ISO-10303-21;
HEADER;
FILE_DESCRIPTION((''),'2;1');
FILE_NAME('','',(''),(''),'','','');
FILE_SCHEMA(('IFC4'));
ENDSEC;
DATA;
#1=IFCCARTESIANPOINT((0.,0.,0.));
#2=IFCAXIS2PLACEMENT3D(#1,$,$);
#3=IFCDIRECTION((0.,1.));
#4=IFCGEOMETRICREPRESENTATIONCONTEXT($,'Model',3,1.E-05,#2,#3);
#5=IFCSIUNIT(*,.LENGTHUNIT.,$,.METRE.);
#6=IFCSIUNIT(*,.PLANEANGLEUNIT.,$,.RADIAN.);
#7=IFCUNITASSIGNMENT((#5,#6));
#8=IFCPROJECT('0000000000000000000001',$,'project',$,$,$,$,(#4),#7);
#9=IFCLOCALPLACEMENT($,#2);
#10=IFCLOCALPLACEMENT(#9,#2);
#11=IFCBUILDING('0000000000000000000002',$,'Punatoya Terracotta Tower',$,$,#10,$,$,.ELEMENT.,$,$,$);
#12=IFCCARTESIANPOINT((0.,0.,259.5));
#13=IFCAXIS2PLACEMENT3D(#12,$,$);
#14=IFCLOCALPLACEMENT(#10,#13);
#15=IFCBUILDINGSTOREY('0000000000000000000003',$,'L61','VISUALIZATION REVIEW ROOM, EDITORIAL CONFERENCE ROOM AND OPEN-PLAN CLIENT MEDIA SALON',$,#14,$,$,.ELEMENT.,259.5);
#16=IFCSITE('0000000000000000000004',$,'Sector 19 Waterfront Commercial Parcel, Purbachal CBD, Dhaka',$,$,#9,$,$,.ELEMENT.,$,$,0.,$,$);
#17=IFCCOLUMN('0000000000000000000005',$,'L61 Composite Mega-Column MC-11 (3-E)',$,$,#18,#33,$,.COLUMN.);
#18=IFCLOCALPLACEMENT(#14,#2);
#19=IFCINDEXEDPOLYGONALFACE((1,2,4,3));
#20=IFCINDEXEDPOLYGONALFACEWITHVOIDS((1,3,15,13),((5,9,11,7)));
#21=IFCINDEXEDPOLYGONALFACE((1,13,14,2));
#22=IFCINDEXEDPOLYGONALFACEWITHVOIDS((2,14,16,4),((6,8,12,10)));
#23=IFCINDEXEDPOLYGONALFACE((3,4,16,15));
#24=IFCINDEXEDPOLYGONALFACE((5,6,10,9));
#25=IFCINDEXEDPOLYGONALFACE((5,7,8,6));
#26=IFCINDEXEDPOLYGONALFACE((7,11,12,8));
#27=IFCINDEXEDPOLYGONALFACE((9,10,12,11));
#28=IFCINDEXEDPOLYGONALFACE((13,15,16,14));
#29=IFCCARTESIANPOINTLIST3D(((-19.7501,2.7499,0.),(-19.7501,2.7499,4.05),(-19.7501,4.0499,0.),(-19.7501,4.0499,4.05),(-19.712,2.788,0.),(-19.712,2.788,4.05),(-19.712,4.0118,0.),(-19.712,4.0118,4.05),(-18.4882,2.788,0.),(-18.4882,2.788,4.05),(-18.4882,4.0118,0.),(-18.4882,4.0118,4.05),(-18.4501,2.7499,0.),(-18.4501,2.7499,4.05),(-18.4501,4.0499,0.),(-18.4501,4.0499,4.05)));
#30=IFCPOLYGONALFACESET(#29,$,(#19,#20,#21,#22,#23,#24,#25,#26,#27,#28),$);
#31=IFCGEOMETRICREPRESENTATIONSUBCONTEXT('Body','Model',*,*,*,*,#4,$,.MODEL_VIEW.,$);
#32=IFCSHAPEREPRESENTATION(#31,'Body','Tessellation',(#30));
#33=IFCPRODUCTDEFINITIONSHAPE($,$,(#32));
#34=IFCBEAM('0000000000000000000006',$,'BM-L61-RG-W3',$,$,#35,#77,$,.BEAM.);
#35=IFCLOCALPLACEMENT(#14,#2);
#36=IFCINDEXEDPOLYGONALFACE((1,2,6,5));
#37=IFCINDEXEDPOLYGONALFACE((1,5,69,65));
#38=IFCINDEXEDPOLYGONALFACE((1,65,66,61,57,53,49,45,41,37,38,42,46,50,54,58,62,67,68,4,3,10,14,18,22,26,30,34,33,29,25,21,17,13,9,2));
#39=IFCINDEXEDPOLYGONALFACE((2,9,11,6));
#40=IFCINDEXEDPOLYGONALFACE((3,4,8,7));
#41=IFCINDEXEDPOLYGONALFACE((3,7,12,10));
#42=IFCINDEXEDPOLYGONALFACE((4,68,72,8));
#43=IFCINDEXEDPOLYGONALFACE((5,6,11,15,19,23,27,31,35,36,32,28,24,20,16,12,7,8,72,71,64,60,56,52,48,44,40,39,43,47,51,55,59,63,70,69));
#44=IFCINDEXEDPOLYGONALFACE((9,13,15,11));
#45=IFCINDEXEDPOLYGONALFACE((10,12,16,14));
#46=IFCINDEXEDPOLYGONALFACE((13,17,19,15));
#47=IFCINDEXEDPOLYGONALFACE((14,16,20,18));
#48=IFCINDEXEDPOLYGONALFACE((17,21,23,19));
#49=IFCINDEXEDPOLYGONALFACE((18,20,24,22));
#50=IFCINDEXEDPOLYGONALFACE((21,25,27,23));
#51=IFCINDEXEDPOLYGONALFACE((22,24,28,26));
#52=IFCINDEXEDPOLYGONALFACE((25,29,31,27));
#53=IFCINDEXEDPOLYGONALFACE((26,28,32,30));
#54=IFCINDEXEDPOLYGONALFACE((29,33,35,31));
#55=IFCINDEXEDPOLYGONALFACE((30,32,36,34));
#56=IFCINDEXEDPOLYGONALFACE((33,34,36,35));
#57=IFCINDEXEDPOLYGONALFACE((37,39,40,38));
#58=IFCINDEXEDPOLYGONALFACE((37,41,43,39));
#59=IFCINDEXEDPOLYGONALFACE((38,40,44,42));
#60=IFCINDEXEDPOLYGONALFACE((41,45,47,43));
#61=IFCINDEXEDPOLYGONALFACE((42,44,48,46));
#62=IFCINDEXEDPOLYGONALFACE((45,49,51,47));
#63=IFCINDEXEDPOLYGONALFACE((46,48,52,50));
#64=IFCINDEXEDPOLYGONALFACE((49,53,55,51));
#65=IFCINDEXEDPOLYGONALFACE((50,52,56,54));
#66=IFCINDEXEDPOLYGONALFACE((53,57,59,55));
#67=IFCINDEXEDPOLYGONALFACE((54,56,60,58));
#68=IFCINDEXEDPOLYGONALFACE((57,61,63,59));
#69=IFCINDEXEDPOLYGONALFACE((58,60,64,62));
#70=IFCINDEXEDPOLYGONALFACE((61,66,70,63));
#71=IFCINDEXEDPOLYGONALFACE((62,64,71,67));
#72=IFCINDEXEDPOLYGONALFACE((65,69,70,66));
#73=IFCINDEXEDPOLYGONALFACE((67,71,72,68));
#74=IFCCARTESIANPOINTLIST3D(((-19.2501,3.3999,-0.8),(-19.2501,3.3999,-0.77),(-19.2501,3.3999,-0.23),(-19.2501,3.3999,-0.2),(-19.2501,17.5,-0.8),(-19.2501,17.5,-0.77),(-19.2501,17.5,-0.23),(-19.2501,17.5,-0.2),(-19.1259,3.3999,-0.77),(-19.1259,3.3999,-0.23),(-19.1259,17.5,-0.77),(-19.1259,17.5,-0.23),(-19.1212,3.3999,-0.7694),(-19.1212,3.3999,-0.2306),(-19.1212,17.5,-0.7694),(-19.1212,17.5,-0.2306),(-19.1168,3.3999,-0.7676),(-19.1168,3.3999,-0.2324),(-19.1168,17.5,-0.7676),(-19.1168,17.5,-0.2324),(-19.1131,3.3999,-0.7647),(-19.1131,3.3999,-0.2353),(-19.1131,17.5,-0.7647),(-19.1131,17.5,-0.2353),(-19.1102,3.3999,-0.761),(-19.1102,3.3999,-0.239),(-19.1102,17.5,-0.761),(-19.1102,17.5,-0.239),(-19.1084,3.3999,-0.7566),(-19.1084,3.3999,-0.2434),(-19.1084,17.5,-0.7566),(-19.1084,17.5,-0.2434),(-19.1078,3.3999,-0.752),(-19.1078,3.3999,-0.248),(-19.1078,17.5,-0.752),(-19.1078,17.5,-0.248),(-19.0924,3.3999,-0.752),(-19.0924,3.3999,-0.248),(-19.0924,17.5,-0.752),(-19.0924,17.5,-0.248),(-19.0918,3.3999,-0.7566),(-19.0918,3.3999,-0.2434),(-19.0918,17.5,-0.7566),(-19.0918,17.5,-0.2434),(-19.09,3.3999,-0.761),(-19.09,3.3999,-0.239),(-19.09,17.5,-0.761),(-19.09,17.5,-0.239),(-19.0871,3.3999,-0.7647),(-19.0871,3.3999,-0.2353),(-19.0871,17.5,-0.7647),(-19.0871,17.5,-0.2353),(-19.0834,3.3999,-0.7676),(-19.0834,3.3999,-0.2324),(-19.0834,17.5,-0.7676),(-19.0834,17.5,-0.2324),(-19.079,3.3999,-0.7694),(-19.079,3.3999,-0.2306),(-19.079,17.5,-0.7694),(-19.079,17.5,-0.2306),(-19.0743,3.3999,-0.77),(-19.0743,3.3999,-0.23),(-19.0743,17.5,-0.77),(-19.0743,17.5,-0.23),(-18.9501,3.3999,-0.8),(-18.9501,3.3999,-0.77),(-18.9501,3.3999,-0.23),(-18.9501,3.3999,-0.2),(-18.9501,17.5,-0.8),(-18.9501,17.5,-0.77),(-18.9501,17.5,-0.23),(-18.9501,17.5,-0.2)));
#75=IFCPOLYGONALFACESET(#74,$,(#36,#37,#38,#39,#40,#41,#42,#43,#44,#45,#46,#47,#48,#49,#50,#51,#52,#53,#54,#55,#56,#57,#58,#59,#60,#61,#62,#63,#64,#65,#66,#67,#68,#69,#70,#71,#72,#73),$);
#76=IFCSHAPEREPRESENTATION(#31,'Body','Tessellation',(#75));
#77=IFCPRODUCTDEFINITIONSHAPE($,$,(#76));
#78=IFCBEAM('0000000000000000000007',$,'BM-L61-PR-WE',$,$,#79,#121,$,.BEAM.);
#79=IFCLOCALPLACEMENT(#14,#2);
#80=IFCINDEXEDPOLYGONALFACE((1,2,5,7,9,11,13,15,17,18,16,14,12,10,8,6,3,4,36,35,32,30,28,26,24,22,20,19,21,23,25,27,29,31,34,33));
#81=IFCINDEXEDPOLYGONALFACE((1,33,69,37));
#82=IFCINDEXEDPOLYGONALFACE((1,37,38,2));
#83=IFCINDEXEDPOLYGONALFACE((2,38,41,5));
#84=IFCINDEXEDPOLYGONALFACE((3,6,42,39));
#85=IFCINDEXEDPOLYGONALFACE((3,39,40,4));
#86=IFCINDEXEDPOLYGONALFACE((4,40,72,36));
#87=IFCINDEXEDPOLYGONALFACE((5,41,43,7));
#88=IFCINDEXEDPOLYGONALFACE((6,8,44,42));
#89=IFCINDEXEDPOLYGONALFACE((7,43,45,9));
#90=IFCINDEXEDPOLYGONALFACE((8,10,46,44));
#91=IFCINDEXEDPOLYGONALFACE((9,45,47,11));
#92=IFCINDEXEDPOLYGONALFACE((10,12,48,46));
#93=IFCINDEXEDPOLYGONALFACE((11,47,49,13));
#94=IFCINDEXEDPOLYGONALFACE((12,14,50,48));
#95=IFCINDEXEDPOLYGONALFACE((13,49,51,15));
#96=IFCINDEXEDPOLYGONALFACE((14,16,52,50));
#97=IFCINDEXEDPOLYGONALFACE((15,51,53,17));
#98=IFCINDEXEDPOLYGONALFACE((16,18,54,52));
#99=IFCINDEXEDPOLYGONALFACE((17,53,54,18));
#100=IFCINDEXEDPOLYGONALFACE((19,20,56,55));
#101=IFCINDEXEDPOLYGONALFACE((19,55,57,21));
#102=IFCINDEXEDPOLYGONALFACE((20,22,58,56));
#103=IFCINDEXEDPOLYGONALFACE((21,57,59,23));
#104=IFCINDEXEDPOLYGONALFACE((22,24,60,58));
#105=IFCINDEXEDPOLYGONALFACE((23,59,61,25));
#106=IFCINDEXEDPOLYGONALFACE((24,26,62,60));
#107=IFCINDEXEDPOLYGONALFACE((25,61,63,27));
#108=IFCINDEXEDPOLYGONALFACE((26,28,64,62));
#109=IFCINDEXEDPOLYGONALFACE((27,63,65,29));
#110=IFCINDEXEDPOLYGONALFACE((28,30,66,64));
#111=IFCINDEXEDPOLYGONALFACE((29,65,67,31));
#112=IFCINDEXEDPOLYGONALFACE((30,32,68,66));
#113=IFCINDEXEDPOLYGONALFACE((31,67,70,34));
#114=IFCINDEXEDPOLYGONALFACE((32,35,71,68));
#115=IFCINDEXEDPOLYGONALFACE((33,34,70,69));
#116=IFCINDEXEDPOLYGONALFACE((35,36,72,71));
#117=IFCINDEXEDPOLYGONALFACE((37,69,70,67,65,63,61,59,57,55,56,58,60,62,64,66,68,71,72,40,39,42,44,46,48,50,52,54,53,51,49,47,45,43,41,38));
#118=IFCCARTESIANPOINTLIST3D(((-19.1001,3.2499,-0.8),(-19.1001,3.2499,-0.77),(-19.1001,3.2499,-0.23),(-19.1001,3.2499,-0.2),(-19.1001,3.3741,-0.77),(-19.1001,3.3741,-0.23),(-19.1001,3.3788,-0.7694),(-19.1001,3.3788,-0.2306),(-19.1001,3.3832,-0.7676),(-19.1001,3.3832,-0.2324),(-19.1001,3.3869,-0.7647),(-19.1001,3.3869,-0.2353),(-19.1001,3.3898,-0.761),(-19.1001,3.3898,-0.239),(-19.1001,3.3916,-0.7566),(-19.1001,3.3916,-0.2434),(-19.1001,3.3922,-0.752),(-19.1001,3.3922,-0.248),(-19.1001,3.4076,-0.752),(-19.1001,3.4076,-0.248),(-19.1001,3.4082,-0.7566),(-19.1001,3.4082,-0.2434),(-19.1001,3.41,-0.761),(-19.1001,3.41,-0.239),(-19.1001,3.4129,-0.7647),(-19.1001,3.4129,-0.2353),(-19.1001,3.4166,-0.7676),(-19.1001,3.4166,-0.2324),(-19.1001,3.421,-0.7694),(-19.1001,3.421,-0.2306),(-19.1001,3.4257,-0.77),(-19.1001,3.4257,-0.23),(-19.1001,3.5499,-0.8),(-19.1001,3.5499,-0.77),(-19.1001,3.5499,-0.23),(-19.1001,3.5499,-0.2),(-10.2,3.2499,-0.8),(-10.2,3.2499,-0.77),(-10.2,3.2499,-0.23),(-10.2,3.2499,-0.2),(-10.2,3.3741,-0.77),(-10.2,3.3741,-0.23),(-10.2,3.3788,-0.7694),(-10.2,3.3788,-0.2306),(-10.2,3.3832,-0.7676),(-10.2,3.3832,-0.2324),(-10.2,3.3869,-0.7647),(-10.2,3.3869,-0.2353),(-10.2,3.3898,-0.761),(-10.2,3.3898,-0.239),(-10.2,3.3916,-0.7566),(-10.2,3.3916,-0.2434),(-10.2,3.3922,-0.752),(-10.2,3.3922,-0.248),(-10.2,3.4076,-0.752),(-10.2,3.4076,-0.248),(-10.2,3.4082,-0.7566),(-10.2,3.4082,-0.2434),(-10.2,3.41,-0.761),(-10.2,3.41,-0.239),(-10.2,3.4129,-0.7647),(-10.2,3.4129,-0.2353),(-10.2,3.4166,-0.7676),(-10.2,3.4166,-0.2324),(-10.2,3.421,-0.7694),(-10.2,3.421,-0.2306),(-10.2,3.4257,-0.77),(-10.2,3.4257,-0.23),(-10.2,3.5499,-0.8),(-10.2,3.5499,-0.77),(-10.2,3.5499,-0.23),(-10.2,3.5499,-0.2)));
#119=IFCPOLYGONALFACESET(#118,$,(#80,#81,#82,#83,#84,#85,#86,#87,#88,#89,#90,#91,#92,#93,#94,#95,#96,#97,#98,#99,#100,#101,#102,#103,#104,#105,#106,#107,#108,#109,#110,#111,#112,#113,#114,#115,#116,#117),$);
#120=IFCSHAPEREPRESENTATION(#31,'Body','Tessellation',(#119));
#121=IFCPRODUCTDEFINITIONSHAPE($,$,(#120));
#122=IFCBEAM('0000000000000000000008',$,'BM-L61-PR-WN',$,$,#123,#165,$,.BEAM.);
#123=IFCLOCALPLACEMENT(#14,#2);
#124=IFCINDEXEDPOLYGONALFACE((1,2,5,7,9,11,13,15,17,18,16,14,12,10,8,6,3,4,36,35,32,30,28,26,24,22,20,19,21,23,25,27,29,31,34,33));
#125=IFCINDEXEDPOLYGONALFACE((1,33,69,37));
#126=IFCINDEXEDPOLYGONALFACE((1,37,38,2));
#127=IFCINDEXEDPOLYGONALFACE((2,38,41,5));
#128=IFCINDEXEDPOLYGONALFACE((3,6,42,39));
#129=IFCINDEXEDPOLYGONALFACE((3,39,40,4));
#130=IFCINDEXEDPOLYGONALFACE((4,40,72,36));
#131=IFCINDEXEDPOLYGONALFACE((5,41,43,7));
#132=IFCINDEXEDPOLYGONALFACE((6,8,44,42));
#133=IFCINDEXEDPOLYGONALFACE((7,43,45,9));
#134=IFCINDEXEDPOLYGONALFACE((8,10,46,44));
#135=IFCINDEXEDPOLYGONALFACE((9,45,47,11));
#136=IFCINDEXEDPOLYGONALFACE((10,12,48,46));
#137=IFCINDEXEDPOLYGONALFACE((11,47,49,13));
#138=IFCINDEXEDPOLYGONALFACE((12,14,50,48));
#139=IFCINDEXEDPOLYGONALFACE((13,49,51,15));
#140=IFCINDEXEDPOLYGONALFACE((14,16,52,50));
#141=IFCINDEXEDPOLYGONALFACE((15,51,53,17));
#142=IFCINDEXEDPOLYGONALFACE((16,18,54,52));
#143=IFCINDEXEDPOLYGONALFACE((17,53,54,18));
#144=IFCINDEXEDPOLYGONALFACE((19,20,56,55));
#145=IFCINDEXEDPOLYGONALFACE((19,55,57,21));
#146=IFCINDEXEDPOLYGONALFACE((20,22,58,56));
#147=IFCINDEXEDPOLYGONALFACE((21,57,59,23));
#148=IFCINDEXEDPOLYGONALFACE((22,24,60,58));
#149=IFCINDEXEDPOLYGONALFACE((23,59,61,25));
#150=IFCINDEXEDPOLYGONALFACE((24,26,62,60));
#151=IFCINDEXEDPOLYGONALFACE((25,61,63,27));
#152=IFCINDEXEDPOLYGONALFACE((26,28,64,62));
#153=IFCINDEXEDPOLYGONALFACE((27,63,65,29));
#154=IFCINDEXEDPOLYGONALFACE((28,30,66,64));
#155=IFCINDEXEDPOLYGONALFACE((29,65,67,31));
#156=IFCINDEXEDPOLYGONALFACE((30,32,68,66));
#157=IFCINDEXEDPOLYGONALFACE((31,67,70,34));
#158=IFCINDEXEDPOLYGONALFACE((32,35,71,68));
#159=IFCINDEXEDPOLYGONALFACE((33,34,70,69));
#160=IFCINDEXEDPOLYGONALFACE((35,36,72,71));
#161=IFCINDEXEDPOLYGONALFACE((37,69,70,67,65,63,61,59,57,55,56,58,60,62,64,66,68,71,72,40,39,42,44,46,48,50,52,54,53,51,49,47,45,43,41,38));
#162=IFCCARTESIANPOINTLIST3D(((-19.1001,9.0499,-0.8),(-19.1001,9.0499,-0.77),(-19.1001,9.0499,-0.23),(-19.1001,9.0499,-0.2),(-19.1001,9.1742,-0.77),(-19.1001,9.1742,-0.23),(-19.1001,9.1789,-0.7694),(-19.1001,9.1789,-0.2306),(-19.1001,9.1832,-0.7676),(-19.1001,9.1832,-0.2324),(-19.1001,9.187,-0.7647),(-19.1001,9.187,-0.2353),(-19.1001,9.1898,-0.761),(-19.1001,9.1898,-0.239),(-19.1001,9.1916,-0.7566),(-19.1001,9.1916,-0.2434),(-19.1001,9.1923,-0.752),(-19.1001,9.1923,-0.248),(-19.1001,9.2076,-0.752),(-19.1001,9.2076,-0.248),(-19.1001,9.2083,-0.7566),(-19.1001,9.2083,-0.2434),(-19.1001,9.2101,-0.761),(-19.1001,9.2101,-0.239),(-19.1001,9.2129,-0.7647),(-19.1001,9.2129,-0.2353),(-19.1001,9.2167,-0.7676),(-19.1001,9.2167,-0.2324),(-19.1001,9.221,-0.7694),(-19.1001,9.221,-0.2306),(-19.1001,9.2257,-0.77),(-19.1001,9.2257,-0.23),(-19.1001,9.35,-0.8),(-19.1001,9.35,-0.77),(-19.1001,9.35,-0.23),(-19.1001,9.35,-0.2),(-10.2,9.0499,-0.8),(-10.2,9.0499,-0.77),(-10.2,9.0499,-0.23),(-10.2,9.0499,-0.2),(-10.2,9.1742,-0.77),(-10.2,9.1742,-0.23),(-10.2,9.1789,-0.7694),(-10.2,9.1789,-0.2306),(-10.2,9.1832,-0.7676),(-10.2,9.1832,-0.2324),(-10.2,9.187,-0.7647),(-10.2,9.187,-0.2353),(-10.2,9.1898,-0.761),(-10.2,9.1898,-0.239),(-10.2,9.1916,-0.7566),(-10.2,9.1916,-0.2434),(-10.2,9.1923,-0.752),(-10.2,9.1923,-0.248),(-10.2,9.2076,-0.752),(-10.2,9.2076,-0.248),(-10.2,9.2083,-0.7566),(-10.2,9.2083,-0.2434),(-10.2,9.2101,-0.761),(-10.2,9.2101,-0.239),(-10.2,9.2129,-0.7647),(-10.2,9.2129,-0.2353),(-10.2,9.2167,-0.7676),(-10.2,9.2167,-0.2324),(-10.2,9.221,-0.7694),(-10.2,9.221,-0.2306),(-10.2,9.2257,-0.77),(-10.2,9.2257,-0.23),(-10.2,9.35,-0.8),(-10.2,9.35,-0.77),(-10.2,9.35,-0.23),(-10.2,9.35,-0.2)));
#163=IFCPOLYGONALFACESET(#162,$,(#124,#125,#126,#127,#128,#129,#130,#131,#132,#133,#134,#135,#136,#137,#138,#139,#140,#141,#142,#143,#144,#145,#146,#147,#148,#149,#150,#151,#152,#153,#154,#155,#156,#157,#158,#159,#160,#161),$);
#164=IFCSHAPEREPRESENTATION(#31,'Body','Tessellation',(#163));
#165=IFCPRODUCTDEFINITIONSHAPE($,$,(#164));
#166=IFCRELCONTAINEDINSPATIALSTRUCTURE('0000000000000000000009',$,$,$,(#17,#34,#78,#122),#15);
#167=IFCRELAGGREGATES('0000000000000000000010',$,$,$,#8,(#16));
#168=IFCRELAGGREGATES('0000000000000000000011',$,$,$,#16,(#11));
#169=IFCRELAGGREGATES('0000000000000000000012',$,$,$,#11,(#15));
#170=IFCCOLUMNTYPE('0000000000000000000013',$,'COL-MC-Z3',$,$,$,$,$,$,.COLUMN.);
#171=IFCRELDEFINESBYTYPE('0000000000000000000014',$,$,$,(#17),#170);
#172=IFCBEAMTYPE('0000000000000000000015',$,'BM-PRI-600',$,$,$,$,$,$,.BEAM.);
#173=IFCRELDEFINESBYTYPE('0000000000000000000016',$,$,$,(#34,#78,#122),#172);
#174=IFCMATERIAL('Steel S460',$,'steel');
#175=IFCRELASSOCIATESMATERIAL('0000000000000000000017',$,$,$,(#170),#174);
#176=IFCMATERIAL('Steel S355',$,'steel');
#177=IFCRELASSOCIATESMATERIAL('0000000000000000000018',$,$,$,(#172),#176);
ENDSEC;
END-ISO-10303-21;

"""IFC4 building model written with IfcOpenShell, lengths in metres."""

from ifc_helpers import new_model, si_unit, direction, frame, origin, origin_2d, place, context, subcontext, project, spatial, hollow_rectangle, i_section, extrude, material, material_profile, profile_set, type_object, element, save


model = new_model("IFC4")

# Units and contexts
model_context = context("Model", 3, precision=1e-05, world=origin(), true_north=direction((0.0, 1.0)))
body_context = subcontext(model_context, "Body", "Model", "MODEL_VIEW")
ifc_project = project(units=[si_unit("LENGTHUNIT", "METRE"), si_unit("PLANEANGLEUNIT", "RADIAN")], contexts=[model_context])

# Site, building, storey
site_placement = place(None, origin())
site = spatial("IfcSite", under=ifc_project, at=site_placement, Name="Sector 19 Waterfront Commercial Parcel, Purbachal CBD, Dhaka", CompositionType="ELEMENT", RefElevation=0.0)
building_placement = place(site_placement, origin())
building = spatial("IfcBuilding", under=site, at=building_placement, Name="Punatoya Terracotta Tower", CompositionType="ELEMENT")
storey_placement = place(building_placement, frame((0.0, 0.0, 259.5)))
storey = spatial("IfcBuildingStorey", under=building, at=storey_placement, Name="L61", Description="VISUALIZATION REVIEW ROOM, EDITORIAL CONFERENCE ROOM AND OPEN-PLAN CLIENT MEDIA SALON", CompositionType="ELEMENT", Elevation=259.5)

# Column
ifc_material_1 = material(Name="Steel S460", Category="steel")
ifc_material_profile_1 = material_profile(ifc_material_1, hollow_rectangle(XDim=1.3, YDim=1.3, WallThickness=0.0381, at=origin_2d()))
ifc_profile_set_1 = profile_set([ifc_material_profile_1], Name="Steel S460")
column_type = type_object("IfcColumnType", Name="COL-MC-Z3", PredefinedType="COLUMN", material=ifc_profile_set_1)
column_placement = place(storey_placement, frame((-19.1001, 3.3999, 0.0), z_axis=(0.0, 0.0, 1.0), x_axis=(1.0, 0.0, 0.0)))
element("IfcColumn", 1, at=column_placement, inside=storey, type_object=column_type, Name="L61 Composite Mega-Column MC-11 (3-E)", PredefinedType="COLUMN", context=body_context, shape_type="SweptSolid", body=[
    extrude(hollow_rectangle(XDim=1.3, YDim=1.3, WallThickness=0.0381, at=origin_2d()), origin(), (0.0, 0.0, 1.0), 4.05),
])

# Beams
ifc_material_2 = material(Name="Steel S355", Category="steel")
ifc_material_profile_2 = material_profile(ifc_material_2, i_section(OverallWidth=0.3, OverallDepth=0.6001, WebThickness=0.0154, FlangeThickness=0.03, FilletRadius=0.0181, at=origin_2d()))
ifc_profile_set_2 = profile_set([ifc_material_profile_2], Name="Steel S355")
beam_type_1 = type_object("IfcBeamType", Name="BM-PRI-600", PredefinedType="BEAM", material=ifc_profile_set_2)
beam_1_placement = place(storey_placement, frame((-19.1001, 3.3999, -0.5), z_axis=(0.0, 1.0, 0.0), x_axis=(-1.0, 0.0, 0.0)))
element("IfcBeam", 2, at=beam_1_placement, inside=storey, type_object=beam_type_1, Name="BM-L61-RG-W3", PredefinedType="BEAM", context=body_context, shape_type="SweptSolid", body=[
    extrude(i_section(OverallWidth=0.3, OverallDepth=0.6001, WebThickness=0.0154, FlangeThickness=0.03, FilletRadius=0.0181, at=origin_2d()), origin(), (0.0, 0.0, 1.0), 14.1001),
])
for number, where, z_axis, x_axis, name in (
    (3, (-19.1001, 3.3999, -0.5), (1.0, 0.0, 0.0), (0.0, 1.0, 0.0), "BM-L61-PR-WE"),
    (4, (-19.1001, 9.2, -0.5), (1.0, 0.0, 0.0), (0.0, 1.0, 0.0), "BM-L61-PR-WN"),
):
    element("IfcBeam", number, at=place(storey_placement, frame(where, z_axis=z_axis, x_axis=x_axis)), inside=storey, type_object=beam_type_1, Name=name, PredefinedType="BEAM", context=body_context, shape_type="SweptSolid", body=[
        extrude(i_section(OverallWidth=0.3, OverallDepth=0.6001, WebThickness=0.0154, FlangeThickness=0.03, FilletRadius=0.0181, at=origin_2d()), origin(), (0.0, 0.0, 1.0), 8.9001),
    ])

save(model, "model.ifc")
